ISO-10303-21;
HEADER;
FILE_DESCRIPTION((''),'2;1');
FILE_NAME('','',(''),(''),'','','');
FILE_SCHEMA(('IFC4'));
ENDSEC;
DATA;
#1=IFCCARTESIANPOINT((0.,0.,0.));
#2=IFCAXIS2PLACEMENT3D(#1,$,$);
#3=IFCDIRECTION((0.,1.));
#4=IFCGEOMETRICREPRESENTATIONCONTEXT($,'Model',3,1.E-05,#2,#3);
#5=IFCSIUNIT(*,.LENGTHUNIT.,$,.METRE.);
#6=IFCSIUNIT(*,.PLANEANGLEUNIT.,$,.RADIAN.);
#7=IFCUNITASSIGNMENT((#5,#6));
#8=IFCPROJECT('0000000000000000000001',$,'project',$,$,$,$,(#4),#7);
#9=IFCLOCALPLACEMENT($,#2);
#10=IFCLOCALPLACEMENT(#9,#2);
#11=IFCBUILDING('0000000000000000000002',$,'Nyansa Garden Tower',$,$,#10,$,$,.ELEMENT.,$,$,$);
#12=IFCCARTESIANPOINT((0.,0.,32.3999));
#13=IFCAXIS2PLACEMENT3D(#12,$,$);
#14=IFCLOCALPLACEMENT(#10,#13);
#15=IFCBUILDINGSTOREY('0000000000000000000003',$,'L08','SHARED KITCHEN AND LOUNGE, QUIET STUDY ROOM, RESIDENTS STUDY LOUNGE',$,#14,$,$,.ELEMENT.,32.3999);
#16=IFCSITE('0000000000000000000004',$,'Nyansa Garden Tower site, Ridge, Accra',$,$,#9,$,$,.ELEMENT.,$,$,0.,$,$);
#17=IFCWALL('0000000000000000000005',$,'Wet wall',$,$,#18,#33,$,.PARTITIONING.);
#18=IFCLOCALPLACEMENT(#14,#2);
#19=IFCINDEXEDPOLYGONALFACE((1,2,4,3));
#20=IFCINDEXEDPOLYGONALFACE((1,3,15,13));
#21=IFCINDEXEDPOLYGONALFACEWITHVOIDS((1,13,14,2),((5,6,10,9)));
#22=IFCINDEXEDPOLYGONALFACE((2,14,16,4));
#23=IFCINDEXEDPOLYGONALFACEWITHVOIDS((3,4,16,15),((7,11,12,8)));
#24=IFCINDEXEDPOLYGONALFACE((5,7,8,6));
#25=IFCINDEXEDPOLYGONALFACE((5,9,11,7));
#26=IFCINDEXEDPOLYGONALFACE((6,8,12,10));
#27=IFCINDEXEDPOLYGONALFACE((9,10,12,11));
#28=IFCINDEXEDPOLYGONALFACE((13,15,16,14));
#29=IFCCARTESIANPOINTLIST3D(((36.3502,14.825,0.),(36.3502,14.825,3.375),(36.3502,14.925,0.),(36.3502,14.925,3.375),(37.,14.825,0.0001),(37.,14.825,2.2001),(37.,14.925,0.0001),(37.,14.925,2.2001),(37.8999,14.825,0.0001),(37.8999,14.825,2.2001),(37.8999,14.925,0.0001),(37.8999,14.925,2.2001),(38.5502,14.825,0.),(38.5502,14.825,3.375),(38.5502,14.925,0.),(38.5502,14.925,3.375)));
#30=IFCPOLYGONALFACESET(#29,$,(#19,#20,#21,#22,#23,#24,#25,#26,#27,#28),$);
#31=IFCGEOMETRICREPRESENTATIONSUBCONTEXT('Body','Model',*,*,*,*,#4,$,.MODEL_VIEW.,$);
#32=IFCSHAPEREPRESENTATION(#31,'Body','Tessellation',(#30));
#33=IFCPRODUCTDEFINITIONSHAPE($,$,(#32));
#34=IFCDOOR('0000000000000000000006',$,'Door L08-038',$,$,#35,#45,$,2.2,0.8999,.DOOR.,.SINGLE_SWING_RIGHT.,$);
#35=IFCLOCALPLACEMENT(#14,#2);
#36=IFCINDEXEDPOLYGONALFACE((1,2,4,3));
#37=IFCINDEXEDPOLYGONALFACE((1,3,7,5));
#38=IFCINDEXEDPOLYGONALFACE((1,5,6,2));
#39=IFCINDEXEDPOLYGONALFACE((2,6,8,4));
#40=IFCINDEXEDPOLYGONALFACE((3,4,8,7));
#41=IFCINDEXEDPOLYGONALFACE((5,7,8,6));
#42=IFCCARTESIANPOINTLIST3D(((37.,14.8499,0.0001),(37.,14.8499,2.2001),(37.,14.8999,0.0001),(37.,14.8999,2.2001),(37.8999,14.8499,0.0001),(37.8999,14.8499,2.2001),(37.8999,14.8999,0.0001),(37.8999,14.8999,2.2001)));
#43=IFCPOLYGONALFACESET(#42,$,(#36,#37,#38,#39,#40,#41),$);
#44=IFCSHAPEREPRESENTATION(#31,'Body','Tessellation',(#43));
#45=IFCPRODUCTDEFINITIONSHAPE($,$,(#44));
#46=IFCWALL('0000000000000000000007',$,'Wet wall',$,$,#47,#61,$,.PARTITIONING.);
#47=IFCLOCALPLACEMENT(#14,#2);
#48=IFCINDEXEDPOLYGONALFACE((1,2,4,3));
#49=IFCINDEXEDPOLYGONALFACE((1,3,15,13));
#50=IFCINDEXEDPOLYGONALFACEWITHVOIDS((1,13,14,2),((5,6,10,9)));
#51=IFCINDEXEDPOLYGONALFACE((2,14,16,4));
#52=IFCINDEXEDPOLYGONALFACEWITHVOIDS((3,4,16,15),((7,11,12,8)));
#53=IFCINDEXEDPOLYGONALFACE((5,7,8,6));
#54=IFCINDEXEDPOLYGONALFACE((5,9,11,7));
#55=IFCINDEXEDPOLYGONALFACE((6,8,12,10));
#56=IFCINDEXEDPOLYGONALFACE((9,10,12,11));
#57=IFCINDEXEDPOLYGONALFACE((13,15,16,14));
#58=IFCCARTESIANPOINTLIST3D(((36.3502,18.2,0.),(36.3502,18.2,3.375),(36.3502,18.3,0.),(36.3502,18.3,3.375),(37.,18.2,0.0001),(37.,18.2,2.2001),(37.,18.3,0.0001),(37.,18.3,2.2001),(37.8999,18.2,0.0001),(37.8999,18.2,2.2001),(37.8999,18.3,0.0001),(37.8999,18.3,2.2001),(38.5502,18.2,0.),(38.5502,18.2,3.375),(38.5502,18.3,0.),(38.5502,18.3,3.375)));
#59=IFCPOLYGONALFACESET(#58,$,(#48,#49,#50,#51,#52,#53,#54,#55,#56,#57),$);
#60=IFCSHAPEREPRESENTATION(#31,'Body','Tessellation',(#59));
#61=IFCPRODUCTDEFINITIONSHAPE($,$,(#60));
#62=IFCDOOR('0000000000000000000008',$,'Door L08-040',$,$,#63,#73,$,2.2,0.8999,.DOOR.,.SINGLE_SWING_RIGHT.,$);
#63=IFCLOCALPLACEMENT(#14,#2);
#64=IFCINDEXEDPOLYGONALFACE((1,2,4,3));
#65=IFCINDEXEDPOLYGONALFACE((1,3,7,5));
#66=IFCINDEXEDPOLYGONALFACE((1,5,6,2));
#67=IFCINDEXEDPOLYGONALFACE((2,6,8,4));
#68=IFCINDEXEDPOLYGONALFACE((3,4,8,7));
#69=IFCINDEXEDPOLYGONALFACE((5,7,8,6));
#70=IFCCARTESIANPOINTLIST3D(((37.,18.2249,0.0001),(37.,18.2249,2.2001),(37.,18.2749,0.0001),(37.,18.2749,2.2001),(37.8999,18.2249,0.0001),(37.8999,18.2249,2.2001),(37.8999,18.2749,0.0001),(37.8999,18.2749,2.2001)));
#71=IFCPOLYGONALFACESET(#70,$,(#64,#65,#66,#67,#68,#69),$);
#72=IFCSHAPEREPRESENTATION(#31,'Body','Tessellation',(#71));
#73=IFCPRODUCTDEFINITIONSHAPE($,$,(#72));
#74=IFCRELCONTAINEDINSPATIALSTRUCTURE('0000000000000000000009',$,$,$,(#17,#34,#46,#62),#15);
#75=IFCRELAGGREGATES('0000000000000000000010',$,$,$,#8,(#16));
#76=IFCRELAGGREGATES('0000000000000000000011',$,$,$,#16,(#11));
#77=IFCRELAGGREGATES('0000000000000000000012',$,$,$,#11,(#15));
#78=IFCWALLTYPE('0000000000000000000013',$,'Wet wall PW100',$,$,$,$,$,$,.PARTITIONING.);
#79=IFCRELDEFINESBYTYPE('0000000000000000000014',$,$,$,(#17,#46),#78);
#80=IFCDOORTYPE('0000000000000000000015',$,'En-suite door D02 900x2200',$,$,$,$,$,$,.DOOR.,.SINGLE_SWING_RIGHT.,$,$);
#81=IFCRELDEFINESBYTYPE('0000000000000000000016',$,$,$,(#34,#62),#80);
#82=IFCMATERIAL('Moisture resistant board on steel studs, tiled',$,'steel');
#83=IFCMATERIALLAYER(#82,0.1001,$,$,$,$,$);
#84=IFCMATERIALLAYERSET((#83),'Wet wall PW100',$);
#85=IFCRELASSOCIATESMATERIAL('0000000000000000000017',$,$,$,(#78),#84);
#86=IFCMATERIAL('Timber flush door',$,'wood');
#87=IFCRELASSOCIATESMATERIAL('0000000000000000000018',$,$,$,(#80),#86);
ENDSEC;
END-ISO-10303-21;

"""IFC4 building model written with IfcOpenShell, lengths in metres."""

from ifc_helpers import new_model, si_unit, direction, frame, frame_2d, origin, place, context, subcontext, project, spatial, rectangle, extrude, material, layer, layer_set, type_object, element, fill, save


model = new_model("IFC4")

# Units and contexts
model_context = context("Model", 3, precision=1e-05, world=origin(), true_north=direction((0.0, 1.0)))
body_context = subcontext(model_context, "Body", "Model", "MODEL_VIEW")
ifc_project = project(units=[si_unit("LENGTHUNIT", "METRE"), si_unit("PLANEANGLEUNIT", "RADIAN")], contexts=[model_context])

# Site, building, storey
site_placement = place(None, origin())
site = spatial("IfcSite", under=ifc_project, at=site_placement, Name="Nyansa Garden Tower site, Ridge, Accra", CompositionType="ELEMENT", RefElevation=0.0)
building_placement = place(site_placement, origin())
building = spatial("IfcBuilding", under=site, at=building_placement, Name="Nyansa Garden Tower", CompositionType="ELEMENT")
storey_placement = place(building_placement, frame((0.0, 0.0, 32.3999)))
storey = spatial("IfcBuildingStorey", under=building, at=storey_placement, Name="L08", Description="SHARED KITCHEN AND LOUNGE, QUIET STUDY ROOM, RESIDENTS STUDY LOUNGE", CompositionType="ELEMENT", Elevation=32.3999)

# Walls, openings, doors
ifc_material_1 = material(Name="Moisture resistant board on steel studs, tiled", Category="steel")
ifc_layer_1 = layer(ifc_material_1, 0.1001)
ifc_layer_set_1 = layer_set([ifc_layer_1], Name="Wet wall PW100")
wall_type_1 = type_object("IfcWallType", Name="Wet wall PW100", PredefinedType="PARTITIONING", material=ifc_layer_set_1)
ifc_material_2 = material(Name="Timber flush door", Category="wood")
door_type_1 = type_object("IfcDoorType", Name="En-suite door D02 900x2200", OperationType="SINGLE_SWING_RIGHT", PredefinedType="DOOR", material=ifc_material_2)
wall_1_placement = place(storey_placement, frame((36.3501, 14.875, 0.0), z_axis=(0.0, 0.0, 1.0), x_axis=(1.0, 0.0, 0.0)))
wall_1 = element("IfcWall", 1, at=wall_1_placement, inside=storey, type_object=wall_type_1, Name="Wet wall", PredefinedType="PARTITIONING", context=body_context, shape_type="SweptSolid", body=[
    extrude(rectangle(XDim=2.2, YDim=0.1001, at=frame_2d((1.1001, 0.0))), origin(), (0.0, 0.0, 1.0), 3.375),
])
opening_1_placement = place(wall_1_placement, frame((0.6499, 0.0, 0.0)))
opening_1 = element("IfcOpeningElement", 2, at=opening_1_placement, cuts=wall_1, PredefinedType="OPENING", context=body_context, shape_type="SweptSolid", body=[
    extrude(rectangle(XDim=0.8999, YDim=2.2, at=frame_2d((0.45, 1.1001))), frame((0.0, 0.0601, 0.0), z_axis=(0.0, -1.0, 0.0), x_axis=(1.0, 0.0, 0.0)), (0.0, 0.0, 1.0), 0.1201),
])
door_1_placement = place(opening_1_placement, origin())
door_1 = element("IfcDoor", 3, at=door_1_placement, inside=storey, type_object=door_type_1, Name="Door L08-038", OperationType="SINGLE_SWING_RIGHT", OverallHeight=2.2, OverallWidth=0.8999, PredefinedType="DOOR", context=body_context, shape_type="SweptSolid", body=[
    extrude(rectangle(XDim=0.8999, YDim=2.2, at=frame_2d((0.45, 1.1001))), frame((0.0, 0.0249, 0.0), z_axis=(0.0, -1.0, 0.0), x_axis=(1.0, 0.0, 0.0)), (0.0, 0.0, 1.0), 0.05),
])
fill(opening_1, door_1)
wall_2_placement = place(storey_placement, frame((36.3501, 18.25, 0.0), z_axis=(0.0, 0.0, 1.0), x_axis=(1.0, 0.0, 0.0)))
wall_2 = element("IfcWall", 4, at=wall_2_placement, inside=storey, type_object=wall_type_1, Name="Wet wall", PredefinedType="PARTITIONING", context=body_context, shape_type="SweptSolid", body=[
    extrude(rectangle(XDim=2.2, YDim=0.1001, at=frame_2d((1.1001, 0.0))), origin(), (0.0, 0.0, 1.0), 3.375),
])
opening_2_placement = place(wall_2_placement, frame((0.6499, 0.0, 0.0)))
opening_2 = element("IfcOpeningElement", 5, at=opening_2_placement, cuts=wall_2, PredefinedType="OPENING", context=body_context, shape_type="SweptSolid", body=[
    extrude(rectangle(XDim=0.8999, YDim=2.2, at=frame_2d((0.45, 1.1001))), frame((0.0, 0.0601, 0.0), z_axis=(0.0, -1.0, 0.0), x_axis=(1.0, 0.0, 0.0)), (0.0, 0.0, 1.0), 0.1201),
])
door_2_placement = place(opening_2_placement, origin())
door_2 = element("IfcDoor", 6, at=door_2_placement, inside=storey, type_object=door_type_1, Name="Door L08-040", OperationType="SINGLE_SWING_RIGHT", OverallHeight=2.2, OverallWidth=0.8999, PredefinedType="DOOR", context=body_context, shape_type="SweptSolid", body=[
    extrude(rectangle(XDim=0.8999, YDim=2.2, at=frame_2d((0.45, 1.1001))), frame((0.0, 0.0249, 0.0), z_axis=(0.0, -1.0, 0.0), x_axis=(1.0, 0.0, 0.0)), (0.0, 0.0, 1.0), 0.05),
])
fill(opening_2, door_2)

save(model, "model.ifc")
